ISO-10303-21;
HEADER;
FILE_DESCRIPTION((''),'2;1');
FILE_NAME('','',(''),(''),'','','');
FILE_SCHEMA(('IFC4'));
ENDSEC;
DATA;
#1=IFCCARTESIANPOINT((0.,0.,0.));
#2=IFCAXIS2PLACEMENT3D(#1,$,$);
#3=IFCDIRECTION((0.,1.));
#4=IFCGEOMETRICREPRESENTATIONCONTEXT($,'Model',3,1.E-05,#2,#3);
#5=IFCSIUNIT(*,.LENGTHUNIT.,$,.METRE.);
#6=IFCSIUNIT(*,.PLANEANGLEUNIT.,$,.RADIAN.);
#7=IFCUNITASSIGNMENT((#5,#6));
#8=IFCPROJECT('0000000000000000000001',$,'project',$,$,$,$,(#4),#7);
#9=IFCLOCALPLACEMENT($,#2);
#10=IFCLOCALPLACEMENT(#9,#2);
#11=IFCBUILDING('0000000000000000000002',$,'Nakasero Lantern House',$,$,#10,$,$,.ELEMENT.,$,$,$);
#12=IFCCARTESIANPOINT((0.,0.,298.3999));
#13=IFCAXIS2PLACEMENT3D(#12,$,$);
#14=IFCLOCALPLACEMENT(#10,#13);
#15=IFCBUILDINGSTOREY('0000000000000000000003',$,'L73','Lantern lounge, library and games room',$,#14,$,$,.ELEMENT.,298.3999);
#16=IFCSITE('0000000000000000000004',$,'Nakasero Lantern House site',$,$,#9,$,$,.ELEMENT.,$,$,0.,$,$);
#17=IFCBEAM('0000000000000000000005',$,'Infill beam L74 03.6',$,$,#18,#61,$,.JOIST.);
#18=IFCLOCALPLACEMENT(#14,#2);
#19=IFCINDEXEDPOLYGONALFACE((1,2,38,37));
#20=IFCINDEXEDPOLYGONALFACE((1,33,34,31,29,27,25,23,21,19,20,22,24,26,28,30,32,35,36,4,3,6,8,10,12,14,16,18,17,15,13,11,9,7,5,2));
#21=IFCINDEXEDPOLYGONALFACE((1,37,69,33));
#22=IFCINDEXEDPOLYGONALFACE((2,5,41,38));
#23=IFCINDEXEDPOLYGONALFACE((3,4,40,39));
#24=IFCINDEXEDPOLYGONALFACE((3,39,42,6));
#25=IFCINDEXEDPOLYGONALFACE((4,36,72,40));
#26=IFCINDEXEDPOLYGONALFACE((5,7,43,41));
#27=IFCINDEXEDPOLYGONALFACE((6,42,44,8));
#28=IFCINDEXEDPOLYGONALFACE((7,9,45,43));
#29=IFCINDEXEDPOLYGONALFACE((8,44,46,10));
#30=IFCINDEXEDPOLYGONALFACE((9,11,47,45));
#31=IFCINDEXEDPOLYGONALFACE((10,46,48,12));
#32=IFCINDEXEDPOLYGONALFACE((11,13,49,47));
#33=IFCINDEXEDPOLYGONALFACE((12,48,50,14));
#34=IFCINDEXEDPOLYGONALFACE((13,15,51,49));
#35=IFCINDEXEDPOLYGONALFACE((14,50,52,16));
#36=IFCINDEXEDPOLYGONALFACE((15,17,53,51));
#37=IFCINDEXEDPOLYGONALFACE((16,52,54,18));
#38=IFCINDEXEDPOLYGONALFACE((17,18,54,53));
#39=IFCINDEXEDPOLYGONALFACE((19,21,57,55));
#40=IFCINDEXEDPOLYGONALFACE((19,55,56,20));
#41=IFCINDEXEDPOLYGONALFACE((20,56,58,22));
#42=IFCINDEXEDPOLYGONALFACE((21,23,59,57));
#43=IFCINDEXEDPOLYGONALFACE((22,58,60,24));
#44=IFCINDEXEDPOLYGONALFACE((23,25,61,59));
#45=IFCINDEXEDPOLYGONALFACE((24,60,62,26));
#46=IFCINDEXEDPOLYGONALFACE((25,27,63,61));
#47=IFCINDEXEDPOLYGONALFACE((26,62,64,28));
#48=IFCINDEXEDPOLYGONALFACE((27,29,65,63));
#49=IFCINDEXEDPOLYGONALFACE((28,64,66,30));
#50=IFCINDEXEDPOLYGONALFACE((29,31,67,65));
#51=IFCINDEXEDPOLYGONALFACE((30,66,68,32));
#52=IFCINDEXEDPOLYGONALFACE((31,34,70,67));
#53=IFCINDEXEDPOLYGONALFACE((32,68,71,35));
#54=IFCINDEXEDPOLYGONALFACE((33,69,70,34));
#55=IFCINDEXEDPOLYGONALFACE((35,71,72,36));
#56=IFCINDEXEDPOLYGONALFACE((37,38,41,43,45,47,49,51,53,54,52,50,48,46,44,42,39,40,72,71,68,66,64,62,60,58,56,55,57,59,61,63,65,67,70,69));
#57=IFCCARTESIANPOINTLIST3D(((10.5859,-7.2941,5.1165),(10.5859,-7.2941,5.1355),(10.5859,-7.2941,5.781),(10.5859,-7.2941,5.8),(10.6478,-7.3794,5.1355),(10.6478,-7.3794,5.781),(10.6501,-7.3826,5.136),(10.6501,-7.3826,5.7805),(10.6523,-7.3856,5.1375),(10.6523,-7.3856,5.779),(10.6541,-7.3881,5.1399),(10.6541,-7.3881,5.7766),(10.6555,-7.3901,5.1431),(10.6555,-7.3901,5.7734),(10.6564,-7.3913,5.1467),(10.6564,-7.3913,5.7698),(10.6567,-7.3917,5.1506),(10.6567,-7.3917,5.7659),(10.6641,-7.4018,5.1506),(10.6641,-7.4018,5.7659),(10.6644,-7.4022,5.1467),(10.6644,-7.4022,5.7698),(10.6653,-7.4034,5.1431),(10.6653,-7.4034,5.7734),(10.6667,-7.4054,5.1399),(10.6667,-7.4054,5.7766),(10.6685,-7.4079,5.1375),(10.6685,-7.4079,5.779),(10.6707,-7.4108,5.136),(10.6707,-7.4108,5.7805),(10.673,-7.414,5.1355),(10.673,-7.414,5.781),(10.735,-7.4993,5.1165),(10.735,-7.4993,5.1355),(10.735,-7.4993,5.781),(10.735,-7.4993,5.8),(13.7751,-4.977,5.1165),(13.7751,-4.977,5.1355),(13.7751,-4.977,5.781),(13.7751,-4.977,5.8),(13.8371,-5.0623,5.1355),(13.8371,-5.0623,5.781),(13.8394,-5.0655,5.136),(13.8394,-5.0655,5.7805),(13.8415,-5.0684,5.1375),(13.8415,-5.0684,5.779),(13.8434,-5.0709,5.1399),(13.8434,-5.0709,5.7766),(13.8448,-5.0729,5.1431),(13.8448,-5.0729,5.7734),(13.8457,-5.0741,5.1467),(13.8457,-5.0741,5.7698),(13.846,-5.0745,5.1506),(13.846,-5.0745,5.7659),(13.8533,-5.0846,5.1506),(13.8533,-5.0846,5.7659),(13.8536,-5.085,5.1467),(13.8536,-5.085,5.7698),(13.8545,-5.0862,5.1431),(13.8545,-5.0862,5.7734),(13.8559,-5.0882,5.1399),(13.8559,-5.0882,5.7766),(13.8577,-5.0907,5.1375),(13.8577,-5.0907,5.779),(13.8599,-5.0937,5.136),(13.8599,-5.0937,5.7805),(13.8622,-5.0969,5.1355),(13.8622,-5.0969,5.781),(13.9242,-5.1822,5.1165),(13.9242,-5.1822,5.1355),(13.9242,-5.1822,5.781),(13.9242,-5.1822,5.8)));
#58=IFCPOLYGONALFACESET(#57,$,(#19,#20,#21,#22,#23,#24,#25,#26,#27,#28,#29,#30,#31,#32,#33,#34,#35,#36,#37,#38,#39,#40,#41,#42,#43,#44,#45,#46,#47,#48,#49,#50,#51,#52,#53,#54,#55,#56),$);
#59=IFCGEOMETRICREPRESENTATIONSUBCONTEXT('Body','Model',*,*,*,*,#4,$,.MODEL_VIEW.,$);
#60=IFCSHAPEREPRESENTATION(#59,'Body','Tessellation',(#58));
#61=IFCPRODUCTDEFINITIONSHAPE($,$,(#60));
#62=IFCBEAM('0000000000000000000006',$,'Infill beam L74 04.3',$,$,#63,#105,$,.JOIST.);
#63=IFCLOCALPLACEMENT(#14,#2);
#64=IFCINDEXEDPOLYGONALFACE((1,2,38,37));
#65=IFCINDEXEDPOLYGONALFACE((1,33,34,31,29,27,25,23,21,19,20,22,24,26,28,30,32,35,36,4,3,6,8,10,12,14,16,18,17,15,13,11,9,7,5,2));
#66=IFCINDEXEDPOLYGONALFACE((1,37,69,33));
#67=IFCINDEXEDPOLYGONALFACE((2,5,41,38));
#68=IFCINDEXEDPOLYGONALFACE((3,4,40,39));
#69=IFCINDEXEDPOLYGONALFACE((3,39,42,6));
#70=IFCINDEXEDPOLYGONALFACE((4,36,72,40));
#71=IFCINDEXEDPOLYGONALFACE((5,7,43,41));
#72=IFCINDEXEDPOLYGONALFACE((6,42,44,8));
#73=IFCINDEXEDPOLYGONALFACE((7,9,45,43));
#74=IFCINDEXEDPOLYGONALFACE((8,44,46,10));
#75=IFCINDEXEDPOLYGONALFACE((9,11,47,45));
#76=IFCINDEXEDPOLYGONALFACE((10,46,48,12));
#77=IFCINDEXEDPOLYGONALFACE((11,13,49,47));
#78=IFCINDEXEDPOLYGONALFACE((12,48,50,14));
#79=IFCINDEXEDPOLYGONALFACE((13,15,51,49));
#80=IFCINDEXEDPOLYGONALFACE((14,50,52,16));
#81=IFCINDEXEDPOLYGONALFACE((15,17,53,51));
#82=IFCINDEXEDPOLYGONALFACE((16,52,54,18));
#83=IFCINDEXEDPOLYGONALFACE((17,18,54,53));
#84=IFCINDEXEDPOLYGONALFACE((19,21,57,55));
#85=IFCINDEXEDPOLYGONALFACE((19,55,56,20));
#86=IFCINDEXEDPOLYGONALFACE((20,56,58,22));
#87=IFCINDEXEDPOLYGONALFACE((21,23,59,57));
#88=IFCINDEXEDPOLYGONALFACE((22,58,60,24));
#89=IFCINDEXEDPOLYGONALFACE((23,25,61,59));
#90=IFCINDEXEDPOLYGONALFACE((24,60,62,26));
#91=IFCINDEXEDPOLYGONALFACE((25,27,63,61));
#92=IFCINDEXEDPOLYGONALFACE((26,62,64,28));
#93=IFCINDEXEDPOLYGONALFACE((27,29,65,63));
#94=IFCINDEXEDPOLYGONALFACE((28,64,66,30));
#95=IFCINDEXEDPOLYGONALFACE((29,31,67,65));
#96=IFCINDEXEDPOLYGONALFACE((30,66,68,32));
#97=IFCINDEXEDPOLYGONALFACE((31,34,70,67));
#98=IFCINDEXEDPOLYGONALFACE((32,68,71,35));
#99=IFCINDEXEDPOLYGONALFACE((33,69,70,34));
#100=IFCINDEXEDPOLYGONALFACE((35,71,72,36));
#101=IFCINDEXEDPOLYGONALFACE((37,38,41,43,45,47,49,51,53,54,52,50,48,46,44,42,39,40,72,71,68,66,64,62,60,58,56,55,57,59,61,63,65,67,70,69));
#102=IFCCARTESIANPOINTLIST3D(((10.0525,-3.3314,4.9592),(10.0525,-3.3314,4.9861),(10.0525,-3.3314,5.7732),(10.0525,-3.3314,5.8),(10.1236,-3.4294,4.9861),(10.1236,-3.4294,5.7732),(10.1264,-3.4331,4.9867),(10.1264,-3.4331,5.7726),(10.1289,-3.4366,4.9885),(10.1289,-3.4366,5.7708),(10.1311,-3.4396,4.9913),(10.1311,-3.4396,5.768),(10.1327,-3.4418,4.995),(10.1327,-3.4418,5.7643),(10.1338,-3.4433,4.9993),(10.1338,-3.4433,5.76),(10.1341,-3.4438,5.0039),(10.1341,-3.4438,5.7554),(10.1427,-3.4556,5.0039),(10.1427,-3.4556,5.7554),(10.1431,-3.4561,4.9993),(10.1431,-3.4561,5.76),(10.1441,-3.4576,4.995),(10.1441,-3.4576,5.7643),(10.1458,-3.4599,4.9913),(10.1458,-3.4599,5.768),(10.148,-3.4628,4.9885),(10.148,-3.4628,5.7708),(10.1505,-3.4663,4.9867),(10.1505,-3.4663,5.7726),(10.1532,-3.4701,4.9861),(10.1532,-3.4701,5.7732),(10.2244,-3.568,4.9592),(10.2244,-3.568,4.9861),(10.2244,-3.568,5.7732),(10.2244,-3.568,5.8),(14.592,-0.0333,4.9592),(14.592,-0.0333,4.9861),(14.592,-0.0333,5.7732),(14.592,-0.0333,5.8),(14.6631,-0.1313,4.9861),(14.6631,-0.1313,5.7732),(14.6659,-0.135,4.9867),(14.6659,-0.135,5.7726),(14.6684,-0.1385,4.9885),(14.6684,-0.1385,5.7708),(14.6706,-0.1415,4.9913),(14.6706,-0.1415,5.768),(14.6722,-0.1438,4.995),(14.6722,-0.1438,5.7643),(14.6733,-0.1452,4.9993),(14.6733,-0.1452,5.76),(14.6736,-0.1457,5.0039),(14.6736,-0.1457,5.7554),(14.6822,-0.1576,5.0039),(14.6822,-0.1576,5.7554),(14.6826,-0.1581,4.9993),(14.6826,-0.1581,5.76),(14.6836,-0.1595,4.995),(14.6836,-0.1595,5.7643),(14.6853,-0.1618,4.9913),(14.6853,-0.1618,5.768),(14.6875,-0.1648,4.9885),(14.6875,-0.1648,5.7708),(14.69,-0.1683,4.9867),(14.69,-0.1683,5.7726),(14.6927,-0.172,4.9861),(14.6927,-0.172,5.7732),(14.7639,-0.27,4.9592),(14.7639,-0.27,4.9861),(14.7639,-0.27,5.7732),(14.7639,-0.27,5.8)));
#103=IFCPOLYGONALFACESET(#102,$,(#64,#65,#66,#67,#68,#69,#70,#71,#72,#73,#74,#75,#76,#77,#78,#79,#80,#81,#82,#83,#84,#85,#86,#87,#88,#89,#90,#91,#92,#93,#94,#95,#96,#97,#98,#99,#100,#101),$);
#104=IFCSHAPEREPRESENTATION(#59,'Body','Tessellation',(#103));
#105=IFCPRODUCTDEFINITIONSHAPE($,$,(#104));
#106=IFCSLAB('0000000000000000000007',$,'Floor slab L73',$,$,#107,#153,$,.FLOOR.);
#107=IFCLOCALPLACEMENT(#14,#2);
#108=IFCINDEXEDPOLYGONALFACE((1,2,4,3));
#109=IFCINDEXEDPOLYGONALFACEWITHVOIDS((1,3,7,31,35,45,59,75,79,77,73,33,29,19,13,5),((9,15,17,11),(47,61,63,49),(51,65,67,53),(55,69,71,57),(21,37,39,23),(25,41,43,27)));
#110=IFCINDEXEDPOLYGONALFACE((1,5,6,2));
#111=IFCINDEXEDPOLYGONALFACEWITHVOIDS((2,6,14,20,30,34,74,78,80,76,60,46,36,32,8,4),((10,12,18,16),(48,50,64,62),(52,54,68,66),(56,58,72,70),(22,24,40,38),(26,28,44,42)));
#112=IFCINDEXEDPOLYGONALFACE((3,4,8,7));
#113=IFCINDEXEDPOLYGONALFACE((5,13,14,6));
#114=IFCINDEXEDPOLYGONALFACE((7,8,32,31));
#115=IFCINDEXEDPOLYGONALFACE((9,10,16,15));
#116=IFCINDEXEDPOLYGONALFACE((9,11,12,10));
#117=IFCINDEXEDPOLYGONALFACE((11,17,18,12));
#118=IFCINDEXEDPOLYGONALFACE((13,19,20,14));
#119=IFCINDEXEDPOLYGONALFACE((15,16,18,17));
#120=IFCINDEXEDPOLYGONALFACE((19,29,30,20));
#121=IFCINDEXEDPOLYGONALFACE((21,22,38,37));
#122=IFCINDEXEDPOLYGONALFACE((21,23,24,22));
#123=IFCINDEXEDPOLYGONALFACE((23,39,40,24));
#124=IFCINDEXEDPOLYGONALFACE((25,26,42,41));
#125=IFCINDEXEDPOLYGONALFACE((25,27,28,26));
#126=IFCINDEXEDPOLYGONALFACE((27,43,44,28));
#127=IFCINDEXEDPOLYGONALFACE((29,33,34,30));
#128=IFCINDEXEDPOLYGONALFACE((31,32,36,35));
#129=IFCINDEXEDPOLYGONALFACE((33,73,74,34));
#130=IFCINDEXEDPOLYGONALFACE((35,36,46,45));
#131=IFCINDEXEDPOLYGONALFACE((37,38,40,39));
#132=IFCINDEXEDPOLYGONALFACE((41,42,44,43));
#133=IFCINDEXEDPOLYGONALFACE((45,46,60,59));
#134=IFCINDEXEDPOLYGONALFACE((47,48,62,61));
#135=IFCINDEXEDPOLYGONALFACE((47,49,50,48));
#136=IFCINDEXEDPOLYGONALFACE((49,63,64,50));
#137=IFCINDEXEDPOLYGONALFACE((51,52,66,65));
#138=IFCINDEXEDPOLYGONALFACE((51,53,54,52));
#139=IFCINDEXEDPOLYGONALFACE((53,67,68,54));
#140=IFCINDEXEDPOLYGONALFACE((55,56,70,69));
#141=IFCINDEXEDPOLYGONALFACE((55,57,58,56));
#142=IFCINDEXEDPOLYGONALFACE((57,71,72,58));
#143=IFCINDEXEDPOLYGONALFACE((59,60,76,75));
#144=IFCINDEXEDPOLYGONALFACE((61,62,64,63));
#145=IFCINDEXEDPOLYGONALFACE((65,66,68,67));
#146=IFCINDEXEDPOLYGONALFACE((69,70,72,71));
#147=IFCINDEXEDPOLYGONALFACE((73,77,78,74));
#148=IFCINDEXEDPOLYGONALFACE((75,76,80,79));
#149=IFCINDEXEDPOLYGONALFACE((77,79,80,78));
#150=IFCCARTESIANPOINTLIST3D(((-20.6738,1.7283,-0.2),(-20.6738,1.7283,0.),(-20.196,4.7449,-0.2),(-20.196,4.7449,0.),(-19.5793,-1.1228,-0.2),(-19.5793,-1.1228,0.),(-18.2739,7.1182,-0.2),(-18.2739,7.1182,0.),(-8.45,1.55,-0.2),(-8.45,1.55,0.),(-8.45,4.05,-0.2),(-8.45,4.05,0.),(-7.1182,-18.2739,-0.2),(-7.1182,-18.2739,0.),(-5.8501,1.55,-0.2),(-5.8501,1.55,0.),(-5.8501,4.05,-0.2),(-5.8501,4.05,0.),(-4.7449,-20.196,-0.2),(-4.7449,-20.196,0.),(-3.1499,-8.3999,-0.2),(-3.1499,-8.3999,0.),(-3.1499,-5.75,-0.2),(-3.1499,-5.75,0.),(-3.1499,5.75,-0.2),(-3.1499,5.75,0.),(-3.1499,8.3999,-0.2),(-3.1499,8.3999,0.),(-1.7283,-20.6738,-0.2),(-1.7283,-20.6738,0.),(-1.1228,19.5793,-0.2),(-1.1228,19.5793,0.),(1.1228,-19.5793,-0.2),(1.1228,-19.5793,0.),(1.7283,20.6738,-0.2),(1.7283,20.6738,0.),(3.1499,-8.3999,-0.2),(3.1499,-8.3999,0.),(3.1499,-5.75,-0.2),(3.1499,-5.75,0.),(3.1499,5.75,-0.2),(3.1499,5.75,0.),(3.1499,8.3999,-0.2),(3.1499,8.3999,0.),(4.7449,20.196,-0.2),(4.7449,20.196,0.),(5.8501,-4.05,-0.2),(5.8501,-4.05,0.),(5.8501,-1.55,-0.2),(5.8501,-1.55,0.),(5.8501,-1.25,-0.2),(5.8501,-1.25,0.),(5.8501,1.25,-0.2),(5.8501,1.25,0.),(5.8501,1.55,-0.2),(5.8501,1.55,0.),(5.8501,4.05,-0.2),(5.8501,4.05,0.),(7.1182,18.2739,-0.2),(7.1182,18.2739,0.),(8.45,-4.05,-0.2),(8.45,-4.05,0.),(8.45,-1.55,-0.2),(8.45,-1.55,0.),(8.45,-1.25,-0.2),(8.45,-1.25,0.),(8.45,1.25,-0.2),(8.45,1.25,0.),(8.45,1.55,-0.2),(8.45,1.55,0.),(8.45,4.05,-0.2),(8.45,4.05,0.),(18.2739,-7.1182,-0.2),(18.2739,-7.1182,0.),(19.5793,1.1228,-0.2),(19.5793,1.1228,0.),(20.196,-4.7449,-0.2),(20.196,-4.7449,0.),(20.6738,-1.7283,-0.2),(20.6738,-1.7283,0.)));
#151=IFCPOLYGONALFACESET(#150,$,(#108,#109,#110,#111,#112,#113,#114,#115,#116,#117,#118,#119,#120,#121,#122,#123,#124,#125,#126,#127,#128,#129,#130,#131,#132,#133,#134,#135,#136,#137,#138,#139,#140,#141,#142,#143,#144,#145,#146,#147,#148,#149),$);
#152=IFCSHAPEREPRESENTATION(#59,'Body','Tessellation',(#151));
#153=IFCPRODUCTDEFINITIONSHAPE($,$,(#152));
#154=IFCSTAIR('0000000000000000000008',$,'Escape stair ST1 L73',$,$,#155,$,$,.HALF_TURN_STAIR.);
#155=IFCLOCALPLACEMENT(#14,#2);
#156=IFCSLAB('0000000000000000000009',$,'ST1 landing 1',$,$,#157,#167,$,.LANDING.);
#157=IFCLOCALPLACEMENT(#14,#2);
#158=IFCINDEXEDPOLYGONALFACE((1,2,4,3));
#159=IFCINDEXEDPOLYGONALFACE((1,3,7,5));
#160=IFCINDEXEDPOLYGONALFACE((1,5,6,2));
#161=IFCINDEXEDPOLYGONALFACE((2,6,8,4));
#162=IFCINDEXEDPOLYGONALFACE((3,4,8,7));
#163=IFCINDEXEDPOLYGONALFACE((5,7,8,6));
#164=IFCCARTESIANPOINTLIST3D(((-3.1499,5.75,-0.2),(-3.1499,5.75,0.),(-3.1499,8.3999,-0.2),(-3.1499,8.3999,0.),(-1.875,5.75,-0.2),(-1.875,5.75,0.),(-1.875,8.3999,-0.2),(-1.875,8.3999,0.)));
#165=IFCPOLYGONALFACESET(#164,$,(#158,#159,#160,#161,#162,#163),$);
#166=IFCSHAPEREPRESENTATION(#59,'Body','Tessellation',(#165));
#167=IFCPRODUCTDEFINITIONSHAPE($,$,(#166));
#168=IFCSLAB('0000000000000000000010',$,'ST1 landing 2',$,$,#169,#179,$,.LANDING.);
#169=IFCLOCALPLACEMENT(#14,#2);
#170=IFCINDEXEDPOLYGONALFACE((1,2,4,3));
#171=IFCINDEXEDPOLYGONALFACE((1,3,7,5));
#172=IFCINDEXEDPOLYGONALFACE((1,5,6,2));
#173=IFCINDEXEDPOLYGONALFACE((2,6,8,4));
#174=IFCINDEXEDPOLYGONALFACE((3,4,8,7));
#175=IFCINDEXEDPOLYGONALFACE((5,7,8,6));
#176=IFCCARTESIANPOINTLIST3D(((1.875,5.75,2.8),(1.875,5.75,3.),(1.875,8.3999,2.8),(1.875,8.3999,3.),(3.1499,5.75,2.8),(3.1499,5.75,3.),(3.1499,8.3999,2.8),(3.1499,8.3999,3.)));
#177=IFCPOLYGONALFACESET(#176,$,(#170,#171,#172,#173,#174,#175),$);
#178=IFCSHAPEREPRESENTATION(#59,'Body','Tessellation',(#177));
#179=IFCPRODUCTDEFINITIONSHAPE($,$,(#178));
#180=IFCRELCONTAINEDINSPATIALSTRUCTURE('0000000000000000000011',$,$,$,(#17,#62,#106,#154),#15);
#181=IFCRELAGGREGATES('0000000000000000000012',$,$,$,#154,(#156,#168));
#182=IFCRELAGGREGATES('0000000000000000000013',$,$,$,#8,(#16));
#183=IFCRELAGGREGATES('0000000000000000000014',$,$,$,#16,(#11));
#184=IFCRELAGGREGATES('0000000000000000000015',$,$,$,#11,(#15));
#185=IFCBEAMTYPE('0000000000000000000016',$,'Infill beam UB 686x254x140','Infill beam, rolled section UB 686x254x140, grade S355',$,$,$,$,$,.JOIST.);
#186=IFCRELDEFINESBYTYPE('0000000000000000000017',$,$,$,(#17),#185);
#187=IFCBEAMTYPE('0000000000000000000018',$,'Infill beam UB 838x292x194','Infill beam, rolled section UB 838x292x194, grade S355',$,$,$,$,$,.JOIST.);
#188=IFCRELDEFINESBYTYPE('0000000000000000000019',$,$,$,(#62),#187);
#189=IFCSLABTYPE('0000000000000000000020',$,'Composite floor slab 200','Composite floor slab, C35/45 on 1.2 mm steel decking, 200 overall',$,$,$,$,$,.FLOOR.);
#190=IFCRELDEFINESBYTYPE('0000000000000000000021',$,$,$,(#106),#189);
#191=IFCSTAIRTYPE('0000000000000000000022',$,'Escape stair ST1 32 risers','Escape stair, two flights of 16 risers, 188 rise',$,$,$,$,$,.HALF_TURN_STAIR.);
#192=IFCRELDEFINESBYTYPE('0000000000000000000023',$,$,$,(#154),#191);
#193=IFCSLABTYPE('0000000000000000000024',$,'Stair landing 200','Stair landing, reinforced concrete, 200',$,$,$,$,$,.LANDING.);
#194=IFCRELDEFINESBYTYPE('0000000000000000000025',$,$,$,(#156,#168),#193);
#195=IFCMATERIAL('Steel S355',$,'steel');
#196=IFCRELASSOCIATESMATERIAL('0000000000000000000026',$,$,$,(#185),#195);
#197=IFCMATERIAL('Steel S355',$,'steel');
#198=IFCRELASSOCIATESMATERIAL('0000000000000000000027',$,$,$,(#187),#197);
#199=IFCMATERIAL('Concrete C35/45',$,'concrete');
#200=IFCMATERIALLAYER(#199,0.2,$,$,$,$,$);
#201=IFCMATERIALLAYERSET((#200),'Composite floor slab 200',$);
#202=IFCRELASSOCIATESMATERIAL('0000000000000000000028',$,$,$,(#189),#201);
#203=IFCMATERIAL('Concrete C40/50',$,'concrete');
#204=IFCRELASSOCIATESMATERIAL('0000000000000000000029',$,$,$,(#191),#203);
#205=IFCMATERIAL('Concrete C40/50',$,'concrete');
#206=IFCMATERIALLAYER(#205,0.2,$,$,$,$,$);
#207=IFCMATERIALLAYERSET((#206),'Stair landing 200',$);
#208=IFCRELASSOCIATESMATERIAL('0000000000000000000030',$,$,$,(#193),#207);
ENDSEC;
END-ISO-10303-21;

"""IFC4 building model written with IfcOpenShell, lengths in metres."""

from ifc_helpers import new_model, si_unit, direction, frame, origin, origin_2d, place, context, subcontext, project, spatial, polyline, i_section, outline, extrude, material, layer, layer_set, material_profile, profile_set, type_object, element, aggregate, save


model = new_model("IFC4")

# Units and contexts
model_context = context("Model", 3, precision=1e-05, world=origin(), true_north=direction((0.0, 1.0)))
body_context = subcontext(model_context, "Body", "Model", "MODEL_VIEW")
ifc_project = project(units=[si_unit("LENGTHUNIT", "METRE"), si_unit("PLANEANGLEUNIT", "RADIAN")], contexts=[model_context])

# Site, building, storey
site_placement = place(None, origin())
site = spatial("IfcSite", under=ifc_project, at=site_placement, Name="Nakasero Lantern House site", CompositionType="ELEMENT", RefElevation=0.0)
building_placement = place(site_placement, origin())
building = spatial("IfcBuilding", under=site, at=building_placement, Name="Nakasero Lantern House", CompositionType="ELEMENT")
storey_placement = place(building_placement, frame((0.0, 0.0, 298.3999)))
storey = spatial("IfcBuildingStorey", under=building, at=storey_placement, Name="L73", Description="Lantern lounge, library and games room", CompositionType="ELEMENT", Elevation=298.3999)

# Beams
ifc_material_1 = material(Name="Steel S355", Category="steel")
ifc_material_profile_1 = material_profile(ifc_material_1, i_section(OverallWidth=0.2537, OverallDepth=0.6836, WebThickness=0.0125, FlangeThickness=0.019, FilletRadius=0.0151, at=origin_2d()), Name="UB 686x254x140")
ifc_profile_set_1 = profile_set([ifc_material_profile_1], Name="Steel S355")
beam_type_1 = type_object("IfcBeamType", Name="Infill beam UB 686x254x140", Description="Infill beam, rolled section UB 686x254x140, grade S355", PredefinedType="JOIST", material=ifc_profile_set_1)
beam_1_placement = place(storey_placement, frame((10.6604, -7.3967, 5.4583), z_axis=(0.809012, 0.587792, 0.0), x_axis=(-0.587792, 0.809012, 0.0)))
element("IfcBeam", 1, at=beam_1_placement, inside=storey, type_object=beam_type_1, Name="Infill beam L74 03.6", PredefinedType="JOIST", context=body_context, shape_type="SweptSolid", body=[
    extrude(i_section(OverallWidth=0.2537, OverallDepth=0.6836, WebThickness=0.0125, FlangeThickness=0.019, FilletRadius=0.0151, at=origin_2d()), origin(), (0.0, 0.0, 1.0), 3.9421),
])
ifc_material_2 = material(Name="Steel S355", Category="steel")
ifc_material_profile_2 = material_profile(ifc_material_2, i_section(OverallWidth=0.2925, OverallDepth=0.8408, WebThickness=0.0146, FlangeThickness=0.0269, FilletRadius=0.0178, at=origin_2d()), Name="UB 838x292x194")
ifc_profile_set_2 = profile_set([ifc_material_profile_2], Name="Steel S355")
beam_type_2 = type_object("IfcBeamType", Name="Infill beam UB 838x292x194", Description="Infill beam, rolled section UB 838x292x194, grade S355", PredefinedType="JOIST", material=ifc_profile_set_2)
beam_2_placement = place(storey_placement, frame((10.1384, -3.4497, 5.3796), z_axis=(0.809024, 0.587776, 0.0), x_axis=(-0.587776, 0.809024, 0.0)))
element("IfcBeam", 2, at=beam_2_placement, inside=storey, type_object=beam_type_2, Name="Infill beam L74 04.3", PredefinedType="JOIST", context=body_context, shape_type="SweptSolid", body=[
    extrude(i_section(OverallWidth=0.2925, OverallDepth=0.8408, WebThickness=0.0146, FlangeThickness=0.0269, FilletRadius=0.0178, at=origin_2d()), origin(), (0.0, 0.0, 1.0), 5.6111),
])

# Slab
ifc_material_3 = material(Name="Concrete C35/45", Category="concrete")
ifc_layer_1 = layer(ifc_material_3, 0.2)
ifc_layer_set_1 = layer_set([ifc_layer_1], Name="Composite floor slab 200")
slab_type_1 = type_object("IfcSlabType", Name="Composite floor slab 200", Description="Composite floor slab, C35/45 on 1.2 mm steel decking, 200 overall", PredefinedType="FLOOR", material=ifc_layer_set_1)
slab_1_placement = place(storey_placement, frame((0.0, 0.0, -0.2)))
element("IfcSlab", 3, at=slab_1_placement, inside=storey, type_object=slab_type_1, Name="Floor slab L73", PredefinedType="FLOOR", context=body_context, shape_type="SweptSolid", body=[
    extrude(outline(polyline([(7.1182, 18.2739), (4.7449, 20.196), (1.7283, 20.6738), (-1.1228, 19.5793), (-18.2739, 7.1182), (-20.196, 4.7449), (-20.6738, 1.7283), (-19.5793, -1.1228), (-7.1182, -18.2739), (-4.7449, -20.196), (-1.7283, -20.6738), (1.1228, -19.5793), (18.2739, -7.1182), (20.196, -4.7449), (20.6738, -1.7283), (19.5793, 1.1228), (7.1182, 18.2739)]), holes=[polyline([(-8.45, 1.55), (-5.8501, 1.55), (-5.8501, 4.05), (-8.45, 4.05), (-8.45, 1.55)]), polyline([(5.8501, -4.05), (8.45, -4.05), (8.45, -1.55), (5.8501, -1.55), (5.8501, -4.05)]), polyline([(5.8501, -1.25), (8.45, -1.25), (8.45, 1.25), (5.8501, 1.25), (5.8501, -1.25)]), polyline([(5.8501, 1.55), (8.45, 1.55), (8.45, 4.05), (5.8501, 4.05), (5.8501, 1.55)]), polyline([(-3.1499, 5.75), (3.1499, 5.75), (3.1499, 8.3999), (-3.1499, 8.3999), (-3.1499, 5.75)]), polyline([(-3.1499, -8.3999), (3.1499, -8.3999), (3.1499, -5.75), (-3.1499, -5.75), (-3.1499, -8.3999)])]), origin(), (0.0, 0.0, 1.0), 0.2),
])

# Stair, slabs
ifc_material_4 = material(Name="Concrete C40/50", Category="concrete")
stair_type_1 = type_object("IfcStairType", Name="Escape stair ST1 32 risers", Description="Escape stair, two flights of 16 risers, 188 rise", PredefinedType="HALF_TURN_STAIR", material=ifc_material_4)
stair_1_placement = place(storey_placement, origin())
stair_1 = element("IfcStair", 4, at=stair_1_placement, inside=storey, type_object=stair_type_1, Name="Escape stair ST1 L73", PredefinedType="HALF_TURN_STAIR")
ifc_material_5 = material(Name="Concrete C40/50", Category="concrete")
ifc_layer_2 = layer(ifc_material_5, 0.2)
ifc_layer_set_2 = layer_set([ifc_layer_2], Name="Stair landing 200")
slab_type_2 = type_object("IfcSlabType", Name="Stair landing 200", Description="Stair landing, reinforced concrete, 200", PredefinedType="LANDING", material=ifc_layer_set_2)
slab_2_placement = place(storey_placement, frame((0.0, 0.0, -0.2)))
slab_2 = element("IfcSlab", 5, at=slab_2_placement, type_object=slab_type_2, Name="ST1 landing 1", PredefinedType="LANDING", context=body_context, shape_type="SweptSolid", body=[
    extrude(outline(polyline([(-3.1499, 5.75), (-1.875, 5.75), (-1.875, 8.3999), (-3.1499, 8.3999), (-3.1499, 5.75)])), origin(), (0.0, 0.0, 1.0), 0.2),
])
slab_3_placement = place(storey_placement, frame((0.0, 0.0, 2.8)))
slab_3 = element("IfcSlab", 6, at=slab_3_placement, type_object=slab_type_2, Name="ST1 landing 2", PredefinedType="LANDING", context=body_context, shape_type="SweptSolid", body=[
    extrude(outline(polyline([(1.875, 5.75), (3.1499, 5.75), (3.1499, 8.3999), (1.875, 8.3999), (1.875, 5.75)])), origin(), (0.0, 0.0, 1.0), 0.2),
])
aggregate(stair_1, [slab_2, slab_3])

save(model, "model.ifc")
